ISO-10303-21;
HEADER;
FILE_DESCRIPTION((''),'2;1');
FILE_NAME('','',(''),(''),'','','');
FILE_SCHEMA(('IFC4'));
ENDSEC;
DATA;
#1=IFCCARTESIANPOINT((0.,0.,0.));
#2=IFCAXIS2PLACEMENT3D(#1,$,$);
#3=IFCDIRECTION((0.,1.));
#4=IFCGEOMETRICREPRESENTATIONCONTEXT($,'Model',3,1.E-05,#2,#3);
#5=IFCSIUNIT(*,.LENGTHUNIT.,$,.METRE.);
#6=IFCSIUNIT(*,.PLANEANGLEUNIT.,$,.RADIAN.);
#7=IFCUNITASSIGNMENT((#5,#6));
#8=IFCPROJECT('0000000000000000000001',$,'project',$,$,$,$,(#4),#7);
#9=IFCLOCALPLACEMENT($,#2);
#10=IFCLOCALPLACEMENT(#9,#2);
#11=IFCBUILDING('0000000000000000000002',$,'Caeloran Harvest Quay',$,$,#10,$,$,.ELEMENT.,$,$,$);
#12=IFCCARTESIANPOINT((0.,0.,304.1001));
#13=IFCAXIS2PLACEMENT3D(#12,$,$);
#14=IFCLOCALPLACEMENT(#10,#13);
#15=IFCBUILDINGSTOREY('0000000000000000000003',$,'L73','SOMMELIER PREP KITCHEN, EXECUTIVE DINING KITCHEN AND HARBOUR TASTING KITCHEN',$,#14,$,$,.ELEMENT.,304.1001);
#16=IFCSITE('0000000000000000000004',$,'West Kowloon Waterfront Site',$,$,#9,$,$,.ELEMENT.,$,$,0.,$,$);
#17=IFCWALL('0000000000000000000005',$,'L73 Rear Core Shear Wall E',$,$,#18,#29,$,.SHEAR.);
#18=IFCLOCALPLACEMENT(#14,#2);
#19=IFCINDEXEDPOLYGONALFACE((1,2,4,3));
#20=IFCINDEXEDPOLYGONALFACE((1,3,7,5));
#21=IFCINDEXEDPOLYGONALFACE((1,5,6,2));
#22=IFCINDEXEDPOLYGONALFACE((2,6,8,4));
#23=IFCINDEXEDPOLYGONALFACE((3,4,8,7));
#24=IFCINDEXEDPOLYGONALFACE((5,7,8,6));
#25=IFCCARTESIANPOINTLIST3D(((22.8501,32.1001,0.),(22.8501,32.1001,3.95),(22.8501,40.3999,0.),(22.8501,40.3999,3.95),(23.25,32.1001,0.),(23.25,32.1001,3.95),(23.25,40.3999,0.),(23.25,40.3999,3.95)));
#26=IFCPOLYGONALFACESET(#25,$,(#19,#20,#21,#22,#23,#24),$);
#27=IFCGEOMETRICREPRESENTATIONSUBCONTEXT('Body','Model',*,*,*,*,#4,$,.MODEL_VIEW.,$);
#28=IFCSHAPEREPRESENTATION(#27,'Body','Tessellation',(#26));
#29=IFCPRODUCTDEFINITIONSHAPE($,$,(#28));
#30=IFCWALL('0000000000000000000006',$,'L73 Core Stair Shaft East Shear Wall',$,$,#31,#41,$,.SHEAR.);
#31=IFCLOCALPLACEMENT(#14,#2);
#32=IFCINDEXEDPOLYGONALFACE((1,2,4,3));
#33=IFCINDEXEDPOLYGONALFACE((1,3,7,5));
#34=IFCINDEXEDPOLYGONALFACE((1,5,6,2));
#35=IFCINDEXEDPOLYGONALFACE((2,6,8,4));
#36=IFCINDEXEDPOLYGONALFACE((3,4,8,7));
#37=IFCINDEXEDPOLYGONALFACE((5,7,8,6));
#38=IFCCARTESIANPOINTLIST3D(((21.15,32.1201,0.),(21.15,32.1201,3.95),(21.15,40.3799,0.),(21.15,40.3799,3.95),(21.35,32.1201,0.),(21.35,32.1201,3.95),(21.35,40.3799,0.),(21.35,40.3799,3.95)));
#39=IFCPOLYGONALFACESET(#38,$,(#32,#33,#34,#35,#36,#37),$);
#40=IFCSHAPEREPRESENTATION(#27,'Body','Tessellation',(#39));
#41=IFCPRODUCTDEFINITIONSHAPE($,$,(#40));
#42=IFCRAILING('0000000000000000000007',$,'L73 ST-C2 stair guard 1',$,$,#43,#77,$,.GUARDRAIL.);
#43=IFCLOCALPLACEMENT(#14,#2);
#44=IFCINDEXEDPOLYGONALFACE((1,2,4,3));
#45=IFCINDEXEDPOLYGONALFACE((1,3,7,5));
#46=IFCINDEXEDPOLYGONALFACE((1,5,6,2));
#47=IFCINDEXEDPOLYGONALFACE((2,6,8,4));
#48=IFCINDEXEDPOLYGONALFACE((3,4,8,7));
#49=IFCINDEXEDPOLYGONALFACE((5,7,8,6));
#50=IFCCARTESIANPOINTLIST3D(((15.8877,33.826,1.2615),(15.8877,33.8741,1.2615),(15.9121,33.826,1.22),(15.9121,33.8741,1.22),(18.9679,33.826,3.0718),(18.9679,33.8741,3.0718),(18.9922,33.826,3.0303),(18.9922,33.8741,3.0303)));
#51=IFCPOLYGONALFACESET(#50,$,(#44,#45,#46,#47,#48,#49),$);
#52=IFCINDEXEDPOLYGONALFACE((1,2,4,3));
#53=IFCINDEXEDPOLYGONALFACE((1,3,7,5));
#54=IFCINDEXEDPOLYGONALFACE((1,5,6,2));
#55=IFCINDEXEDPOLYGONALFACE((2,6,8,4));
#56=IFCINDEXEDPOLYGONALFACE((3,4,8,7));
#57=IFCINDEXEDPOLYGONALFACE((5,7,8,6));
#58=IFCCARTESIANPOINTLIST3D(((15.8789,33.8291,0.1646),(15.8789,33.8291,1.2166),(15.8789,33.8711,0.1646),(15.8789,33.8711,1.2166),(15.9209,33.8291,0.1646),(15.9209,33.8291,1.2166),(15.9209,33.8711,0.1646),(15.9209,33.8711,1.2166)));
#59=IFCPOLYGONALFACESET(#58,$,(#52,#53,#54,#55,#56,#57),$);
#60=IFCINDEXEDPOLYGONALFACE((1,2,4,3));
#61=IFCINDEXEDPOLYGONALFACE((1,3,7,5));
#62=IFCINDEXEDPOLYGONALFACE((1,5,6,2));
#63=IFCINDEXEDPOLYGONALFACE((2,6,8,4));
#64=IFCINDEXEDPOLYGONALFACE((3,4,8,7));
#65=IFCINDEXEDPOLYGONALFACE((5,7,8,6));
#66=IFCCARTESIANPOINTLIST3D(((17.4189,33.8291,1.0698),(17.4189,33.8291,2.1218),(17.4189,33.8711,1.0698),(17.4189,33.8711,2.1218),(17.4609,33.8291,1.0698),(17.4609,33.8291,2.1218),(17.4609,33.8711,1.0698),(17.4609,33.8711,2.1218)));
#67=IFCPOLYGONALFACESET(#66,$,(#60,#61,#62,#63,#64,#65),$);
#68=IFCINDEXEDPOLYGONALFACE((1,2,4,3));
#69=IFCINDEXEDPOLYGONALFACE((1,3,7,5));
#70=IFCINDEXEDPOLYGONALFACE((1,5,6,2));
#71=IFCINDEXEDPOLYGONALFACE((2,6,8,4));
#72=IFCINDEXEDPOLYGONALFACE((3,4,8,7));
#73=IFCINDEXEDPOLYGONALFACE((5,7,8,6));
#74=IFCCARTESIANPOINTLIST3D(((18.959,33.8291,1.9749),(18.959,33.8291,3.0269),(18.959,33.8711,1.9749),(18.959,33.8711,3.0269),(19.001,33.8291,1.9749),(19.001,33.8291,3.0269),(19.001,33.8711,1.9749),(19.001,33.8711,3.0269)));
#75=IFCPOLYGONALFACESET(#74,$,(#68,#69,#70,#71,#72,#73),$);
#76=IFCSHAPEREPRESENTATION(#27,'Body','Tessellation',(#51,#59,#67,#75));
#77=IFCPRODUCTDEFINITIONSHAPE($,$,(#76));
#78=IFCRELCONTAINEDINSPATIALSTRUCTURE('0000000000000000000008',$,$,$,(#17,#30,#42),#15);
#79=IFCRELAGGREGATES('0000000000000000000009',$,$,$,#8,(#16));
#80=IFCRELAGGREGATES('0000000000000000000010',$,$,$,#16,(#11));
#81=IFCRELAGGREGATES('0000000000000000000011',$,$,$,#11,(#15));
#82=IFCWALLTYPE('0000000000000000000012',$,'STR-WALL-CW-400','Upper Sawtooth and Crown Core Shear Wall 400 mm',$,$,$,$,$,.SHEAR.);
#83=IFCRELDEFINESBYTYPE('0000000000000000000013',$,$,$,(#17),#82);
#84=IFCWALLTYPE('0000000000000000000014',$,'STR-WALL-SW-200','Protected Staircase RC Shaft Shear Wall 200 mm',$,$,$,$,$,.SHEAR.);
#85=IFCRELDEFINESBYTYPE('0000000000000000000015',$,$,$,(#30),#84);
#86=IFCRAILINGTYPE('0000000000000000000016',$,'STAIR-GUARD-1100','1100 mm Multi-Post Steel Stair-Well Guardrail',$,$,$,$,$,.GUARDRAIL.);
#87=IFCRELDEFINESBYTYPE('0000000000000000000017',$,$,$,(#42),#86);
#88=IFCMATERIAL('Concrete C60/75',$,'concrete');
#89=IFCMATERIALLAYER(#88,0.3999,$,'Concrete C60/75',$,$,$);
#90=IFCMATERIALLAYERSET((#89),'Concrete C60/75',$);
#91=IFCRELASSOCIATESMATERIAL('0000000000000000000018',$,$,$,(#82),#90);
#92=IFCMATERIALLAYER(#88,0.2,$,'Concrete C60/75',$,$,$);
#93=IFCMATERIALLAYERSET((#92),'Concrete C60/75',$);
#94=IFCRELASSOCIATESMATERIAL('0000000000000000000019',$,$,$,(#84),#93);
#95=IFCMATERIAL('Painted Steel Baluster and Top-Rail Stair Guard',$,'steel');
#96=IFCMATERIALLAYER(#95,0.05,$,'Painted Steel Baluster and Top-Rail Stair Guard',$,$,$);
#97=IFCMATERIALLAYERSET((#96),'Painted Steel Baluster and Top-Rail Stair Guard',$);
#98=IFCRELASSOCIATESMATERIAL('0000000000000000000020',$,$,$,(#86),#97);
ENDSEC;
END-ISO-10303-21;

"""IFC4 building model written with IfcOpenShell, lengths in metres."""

from ifc_helpers import new_model, si_unit, direction, frame, frame_2d, origin, origin_2d, place, context, subcontext, project, spatial, rectangle, extrude, material, layer, layer_set, type_object, element, save


model = new_model("IFC4")

# Units and contexts
model_context = context("Model", 3, precision=1e-05, world=origin(), true_north=direction((0.0, 1.0)))
body_context = subcontext(model_context, "Body", "Model", "MODEL_VIEW")
ifc_project = project(units=[si_unit("LENGTHUNIT", "METRE"), si_unit("PLANEANGLEUNIT", "RADIAN")], contexts=[model_context])

# Site, building, storey
site_placement = place(None, origin())
site = spatial("IfcSite", under=ifc_project, at=site_placement, Name="West Kowloon Waterfront Site", CompositionType="ELEMENT", RefElevation=0.0)
building_placement = place(site_placement, origin())
building = spatial("IfcBuilding", under=site, at=building_placement, Name="Caeloran Harvest Quay", CompositionType="ELEMENT")
storey_placement = place(building_placement, frame((0.0, 0.0, 304.1001)))
storey = spatial("IfcBuildingStorey", under=building, at=storey_placement, Name="L73", Description="SOMMELIER PREP KITCHEN, EXECUTIVE DINING KITCHEN AND HARBOUR TASTING KITCHEN", CompositionType="ELEMENT", Elevation=304.1001)

# Shared definitions
ifc_material_1 = material(Name="Concrete C60/75", Category="concrete")

# Walls
ifc_layer_1 = layer(ifc_material_1, 0.3999, Name="Concrete C60/75")
ifc_layer_set_1 = layer_set([ifc_layer_1], Name="Concrete C60/75")
wall_type_1 = type_object("IfcWallType", Name="STR-WALL-CW-400", Description="Upper Sawtooth and Crown Core Shear Wall 400 mm", PredefinedType="SHEAR", material=ifc_layer_set_1)
wall_1_placement = place(storey_placement, frame((23.05, 32.1001, 0.0), z_axis=(0.0, 0.0, 1.0), x_axis=(0.0, 1.0, 0.0)))
element("IfcWall", 1, at=wall_1_placement, inside=storey, type_object=wall_type_1, Name="L73 Rear Core Shear Wall E", PredefinedType="SHEAR", context=body_context, shape_type="SweptSolid", body=[
    extrude(rectangle(XDim=8.2998, YDim=0.3999, at=frame_2d((4.1499, 0.0))), origin(), (0.0, 0.0, 1.0), 3.95),
])
ifc_layer_2 = layer(ifc_material_1, 0.2, Name="Concrete C60/75")
ifc_layer_set_2 = layer_set([ifc_layer_2], Name="Concrete C60/75")
wall_type_2 = type_object("IfcWallType", Name="STR-WALL-SW-200", Description="Protected Staircase RC Shaft Shear Wall 200 mm", PredefinedType="SHEAR", material=ifc_layer_set_2)
wall_2_placement = place(storey_placement, frame((21.25, 32.1201, 0.0), z_axis=(0.0, 0.0, 1.0), x_axis=(0.0, 1.0, 0.0)))
element("IfcWall", 2, at=wall_2_placement, inside=storey, type_object=wall_type_2, Name="L73 Core Stair Shaft East Shear Wall", PredefinedType="SHEAR", context=body_context, shape_type="SweptSolid", body=[
    extrude(rectangle(XDim=8.2598, YDim=0.2, at=frame_2d((4.1299, 0.0))), origin(), (0.0, 0.0, 1.0), 3.95),
])

# Railing
ifc_material_2 = material(Name="Painted Steel Baluster and Top-Rail Stair Guard", Category="steel")
ifc_layer_3 = layer(ifc_material_2, 0.05, Name="Painted Steel Baluster and Top-Rail Stair Guard")
ifc_layer_set_3 = layer_set([ifc_layer_3], Name="Painted Steel Baluster and Top-Rail Stair Guard")
railing_type = type_object("IfcRailingType", Name="STAIR-GUARD-1100", Description="1100 mm Multi-Post Steel Stair-Well Guardrail", PredefinedType="GUARDRAIL", material=ifc_layer_set_3)
railing_placement = place(storey_placement, frame((15.8999, 33.8501, 0.1646)))
element("IfcRailing", 3, at=railing_placement, inside=storey, type_object=railing_type, Name="L73 ST-C2 stair guard 1", PredefinedType="GUARDRAIL", context=body_context, shape_type="SweptSolid", body=[
    extrude(rectangle(XDim=0.0481, YDim=0.0481, at=origin_2d()), frame((0.0, 0.0, 1.0762), z_axis=(0.862119, 0.0, 0.506707), x_axis=(0.0, 1.0, 0.0)), (0.0, 0.0, 1.0), 3.5728),
    extrude(rectangle(XDim=0.042, YDim=0.042, at=origin_2d()), origin(), (0.0, 0.0, 1.0), 1.052),
    extrude(rectangle(XDim=0.042, YDim=0.042, at=origin_2d()), frame((1.54, 0.0, 0.9053)), (0.0, 0.0, 1.0), 1.052),
    extrude(rectangle(XDim=0.042, YDim=0.042, at=origin_2d()), frame((3.0801, 0.0, 1.8103)), (0.0, 0.0, 1.0), 1.052),
])

save(model, "model.ifc")
